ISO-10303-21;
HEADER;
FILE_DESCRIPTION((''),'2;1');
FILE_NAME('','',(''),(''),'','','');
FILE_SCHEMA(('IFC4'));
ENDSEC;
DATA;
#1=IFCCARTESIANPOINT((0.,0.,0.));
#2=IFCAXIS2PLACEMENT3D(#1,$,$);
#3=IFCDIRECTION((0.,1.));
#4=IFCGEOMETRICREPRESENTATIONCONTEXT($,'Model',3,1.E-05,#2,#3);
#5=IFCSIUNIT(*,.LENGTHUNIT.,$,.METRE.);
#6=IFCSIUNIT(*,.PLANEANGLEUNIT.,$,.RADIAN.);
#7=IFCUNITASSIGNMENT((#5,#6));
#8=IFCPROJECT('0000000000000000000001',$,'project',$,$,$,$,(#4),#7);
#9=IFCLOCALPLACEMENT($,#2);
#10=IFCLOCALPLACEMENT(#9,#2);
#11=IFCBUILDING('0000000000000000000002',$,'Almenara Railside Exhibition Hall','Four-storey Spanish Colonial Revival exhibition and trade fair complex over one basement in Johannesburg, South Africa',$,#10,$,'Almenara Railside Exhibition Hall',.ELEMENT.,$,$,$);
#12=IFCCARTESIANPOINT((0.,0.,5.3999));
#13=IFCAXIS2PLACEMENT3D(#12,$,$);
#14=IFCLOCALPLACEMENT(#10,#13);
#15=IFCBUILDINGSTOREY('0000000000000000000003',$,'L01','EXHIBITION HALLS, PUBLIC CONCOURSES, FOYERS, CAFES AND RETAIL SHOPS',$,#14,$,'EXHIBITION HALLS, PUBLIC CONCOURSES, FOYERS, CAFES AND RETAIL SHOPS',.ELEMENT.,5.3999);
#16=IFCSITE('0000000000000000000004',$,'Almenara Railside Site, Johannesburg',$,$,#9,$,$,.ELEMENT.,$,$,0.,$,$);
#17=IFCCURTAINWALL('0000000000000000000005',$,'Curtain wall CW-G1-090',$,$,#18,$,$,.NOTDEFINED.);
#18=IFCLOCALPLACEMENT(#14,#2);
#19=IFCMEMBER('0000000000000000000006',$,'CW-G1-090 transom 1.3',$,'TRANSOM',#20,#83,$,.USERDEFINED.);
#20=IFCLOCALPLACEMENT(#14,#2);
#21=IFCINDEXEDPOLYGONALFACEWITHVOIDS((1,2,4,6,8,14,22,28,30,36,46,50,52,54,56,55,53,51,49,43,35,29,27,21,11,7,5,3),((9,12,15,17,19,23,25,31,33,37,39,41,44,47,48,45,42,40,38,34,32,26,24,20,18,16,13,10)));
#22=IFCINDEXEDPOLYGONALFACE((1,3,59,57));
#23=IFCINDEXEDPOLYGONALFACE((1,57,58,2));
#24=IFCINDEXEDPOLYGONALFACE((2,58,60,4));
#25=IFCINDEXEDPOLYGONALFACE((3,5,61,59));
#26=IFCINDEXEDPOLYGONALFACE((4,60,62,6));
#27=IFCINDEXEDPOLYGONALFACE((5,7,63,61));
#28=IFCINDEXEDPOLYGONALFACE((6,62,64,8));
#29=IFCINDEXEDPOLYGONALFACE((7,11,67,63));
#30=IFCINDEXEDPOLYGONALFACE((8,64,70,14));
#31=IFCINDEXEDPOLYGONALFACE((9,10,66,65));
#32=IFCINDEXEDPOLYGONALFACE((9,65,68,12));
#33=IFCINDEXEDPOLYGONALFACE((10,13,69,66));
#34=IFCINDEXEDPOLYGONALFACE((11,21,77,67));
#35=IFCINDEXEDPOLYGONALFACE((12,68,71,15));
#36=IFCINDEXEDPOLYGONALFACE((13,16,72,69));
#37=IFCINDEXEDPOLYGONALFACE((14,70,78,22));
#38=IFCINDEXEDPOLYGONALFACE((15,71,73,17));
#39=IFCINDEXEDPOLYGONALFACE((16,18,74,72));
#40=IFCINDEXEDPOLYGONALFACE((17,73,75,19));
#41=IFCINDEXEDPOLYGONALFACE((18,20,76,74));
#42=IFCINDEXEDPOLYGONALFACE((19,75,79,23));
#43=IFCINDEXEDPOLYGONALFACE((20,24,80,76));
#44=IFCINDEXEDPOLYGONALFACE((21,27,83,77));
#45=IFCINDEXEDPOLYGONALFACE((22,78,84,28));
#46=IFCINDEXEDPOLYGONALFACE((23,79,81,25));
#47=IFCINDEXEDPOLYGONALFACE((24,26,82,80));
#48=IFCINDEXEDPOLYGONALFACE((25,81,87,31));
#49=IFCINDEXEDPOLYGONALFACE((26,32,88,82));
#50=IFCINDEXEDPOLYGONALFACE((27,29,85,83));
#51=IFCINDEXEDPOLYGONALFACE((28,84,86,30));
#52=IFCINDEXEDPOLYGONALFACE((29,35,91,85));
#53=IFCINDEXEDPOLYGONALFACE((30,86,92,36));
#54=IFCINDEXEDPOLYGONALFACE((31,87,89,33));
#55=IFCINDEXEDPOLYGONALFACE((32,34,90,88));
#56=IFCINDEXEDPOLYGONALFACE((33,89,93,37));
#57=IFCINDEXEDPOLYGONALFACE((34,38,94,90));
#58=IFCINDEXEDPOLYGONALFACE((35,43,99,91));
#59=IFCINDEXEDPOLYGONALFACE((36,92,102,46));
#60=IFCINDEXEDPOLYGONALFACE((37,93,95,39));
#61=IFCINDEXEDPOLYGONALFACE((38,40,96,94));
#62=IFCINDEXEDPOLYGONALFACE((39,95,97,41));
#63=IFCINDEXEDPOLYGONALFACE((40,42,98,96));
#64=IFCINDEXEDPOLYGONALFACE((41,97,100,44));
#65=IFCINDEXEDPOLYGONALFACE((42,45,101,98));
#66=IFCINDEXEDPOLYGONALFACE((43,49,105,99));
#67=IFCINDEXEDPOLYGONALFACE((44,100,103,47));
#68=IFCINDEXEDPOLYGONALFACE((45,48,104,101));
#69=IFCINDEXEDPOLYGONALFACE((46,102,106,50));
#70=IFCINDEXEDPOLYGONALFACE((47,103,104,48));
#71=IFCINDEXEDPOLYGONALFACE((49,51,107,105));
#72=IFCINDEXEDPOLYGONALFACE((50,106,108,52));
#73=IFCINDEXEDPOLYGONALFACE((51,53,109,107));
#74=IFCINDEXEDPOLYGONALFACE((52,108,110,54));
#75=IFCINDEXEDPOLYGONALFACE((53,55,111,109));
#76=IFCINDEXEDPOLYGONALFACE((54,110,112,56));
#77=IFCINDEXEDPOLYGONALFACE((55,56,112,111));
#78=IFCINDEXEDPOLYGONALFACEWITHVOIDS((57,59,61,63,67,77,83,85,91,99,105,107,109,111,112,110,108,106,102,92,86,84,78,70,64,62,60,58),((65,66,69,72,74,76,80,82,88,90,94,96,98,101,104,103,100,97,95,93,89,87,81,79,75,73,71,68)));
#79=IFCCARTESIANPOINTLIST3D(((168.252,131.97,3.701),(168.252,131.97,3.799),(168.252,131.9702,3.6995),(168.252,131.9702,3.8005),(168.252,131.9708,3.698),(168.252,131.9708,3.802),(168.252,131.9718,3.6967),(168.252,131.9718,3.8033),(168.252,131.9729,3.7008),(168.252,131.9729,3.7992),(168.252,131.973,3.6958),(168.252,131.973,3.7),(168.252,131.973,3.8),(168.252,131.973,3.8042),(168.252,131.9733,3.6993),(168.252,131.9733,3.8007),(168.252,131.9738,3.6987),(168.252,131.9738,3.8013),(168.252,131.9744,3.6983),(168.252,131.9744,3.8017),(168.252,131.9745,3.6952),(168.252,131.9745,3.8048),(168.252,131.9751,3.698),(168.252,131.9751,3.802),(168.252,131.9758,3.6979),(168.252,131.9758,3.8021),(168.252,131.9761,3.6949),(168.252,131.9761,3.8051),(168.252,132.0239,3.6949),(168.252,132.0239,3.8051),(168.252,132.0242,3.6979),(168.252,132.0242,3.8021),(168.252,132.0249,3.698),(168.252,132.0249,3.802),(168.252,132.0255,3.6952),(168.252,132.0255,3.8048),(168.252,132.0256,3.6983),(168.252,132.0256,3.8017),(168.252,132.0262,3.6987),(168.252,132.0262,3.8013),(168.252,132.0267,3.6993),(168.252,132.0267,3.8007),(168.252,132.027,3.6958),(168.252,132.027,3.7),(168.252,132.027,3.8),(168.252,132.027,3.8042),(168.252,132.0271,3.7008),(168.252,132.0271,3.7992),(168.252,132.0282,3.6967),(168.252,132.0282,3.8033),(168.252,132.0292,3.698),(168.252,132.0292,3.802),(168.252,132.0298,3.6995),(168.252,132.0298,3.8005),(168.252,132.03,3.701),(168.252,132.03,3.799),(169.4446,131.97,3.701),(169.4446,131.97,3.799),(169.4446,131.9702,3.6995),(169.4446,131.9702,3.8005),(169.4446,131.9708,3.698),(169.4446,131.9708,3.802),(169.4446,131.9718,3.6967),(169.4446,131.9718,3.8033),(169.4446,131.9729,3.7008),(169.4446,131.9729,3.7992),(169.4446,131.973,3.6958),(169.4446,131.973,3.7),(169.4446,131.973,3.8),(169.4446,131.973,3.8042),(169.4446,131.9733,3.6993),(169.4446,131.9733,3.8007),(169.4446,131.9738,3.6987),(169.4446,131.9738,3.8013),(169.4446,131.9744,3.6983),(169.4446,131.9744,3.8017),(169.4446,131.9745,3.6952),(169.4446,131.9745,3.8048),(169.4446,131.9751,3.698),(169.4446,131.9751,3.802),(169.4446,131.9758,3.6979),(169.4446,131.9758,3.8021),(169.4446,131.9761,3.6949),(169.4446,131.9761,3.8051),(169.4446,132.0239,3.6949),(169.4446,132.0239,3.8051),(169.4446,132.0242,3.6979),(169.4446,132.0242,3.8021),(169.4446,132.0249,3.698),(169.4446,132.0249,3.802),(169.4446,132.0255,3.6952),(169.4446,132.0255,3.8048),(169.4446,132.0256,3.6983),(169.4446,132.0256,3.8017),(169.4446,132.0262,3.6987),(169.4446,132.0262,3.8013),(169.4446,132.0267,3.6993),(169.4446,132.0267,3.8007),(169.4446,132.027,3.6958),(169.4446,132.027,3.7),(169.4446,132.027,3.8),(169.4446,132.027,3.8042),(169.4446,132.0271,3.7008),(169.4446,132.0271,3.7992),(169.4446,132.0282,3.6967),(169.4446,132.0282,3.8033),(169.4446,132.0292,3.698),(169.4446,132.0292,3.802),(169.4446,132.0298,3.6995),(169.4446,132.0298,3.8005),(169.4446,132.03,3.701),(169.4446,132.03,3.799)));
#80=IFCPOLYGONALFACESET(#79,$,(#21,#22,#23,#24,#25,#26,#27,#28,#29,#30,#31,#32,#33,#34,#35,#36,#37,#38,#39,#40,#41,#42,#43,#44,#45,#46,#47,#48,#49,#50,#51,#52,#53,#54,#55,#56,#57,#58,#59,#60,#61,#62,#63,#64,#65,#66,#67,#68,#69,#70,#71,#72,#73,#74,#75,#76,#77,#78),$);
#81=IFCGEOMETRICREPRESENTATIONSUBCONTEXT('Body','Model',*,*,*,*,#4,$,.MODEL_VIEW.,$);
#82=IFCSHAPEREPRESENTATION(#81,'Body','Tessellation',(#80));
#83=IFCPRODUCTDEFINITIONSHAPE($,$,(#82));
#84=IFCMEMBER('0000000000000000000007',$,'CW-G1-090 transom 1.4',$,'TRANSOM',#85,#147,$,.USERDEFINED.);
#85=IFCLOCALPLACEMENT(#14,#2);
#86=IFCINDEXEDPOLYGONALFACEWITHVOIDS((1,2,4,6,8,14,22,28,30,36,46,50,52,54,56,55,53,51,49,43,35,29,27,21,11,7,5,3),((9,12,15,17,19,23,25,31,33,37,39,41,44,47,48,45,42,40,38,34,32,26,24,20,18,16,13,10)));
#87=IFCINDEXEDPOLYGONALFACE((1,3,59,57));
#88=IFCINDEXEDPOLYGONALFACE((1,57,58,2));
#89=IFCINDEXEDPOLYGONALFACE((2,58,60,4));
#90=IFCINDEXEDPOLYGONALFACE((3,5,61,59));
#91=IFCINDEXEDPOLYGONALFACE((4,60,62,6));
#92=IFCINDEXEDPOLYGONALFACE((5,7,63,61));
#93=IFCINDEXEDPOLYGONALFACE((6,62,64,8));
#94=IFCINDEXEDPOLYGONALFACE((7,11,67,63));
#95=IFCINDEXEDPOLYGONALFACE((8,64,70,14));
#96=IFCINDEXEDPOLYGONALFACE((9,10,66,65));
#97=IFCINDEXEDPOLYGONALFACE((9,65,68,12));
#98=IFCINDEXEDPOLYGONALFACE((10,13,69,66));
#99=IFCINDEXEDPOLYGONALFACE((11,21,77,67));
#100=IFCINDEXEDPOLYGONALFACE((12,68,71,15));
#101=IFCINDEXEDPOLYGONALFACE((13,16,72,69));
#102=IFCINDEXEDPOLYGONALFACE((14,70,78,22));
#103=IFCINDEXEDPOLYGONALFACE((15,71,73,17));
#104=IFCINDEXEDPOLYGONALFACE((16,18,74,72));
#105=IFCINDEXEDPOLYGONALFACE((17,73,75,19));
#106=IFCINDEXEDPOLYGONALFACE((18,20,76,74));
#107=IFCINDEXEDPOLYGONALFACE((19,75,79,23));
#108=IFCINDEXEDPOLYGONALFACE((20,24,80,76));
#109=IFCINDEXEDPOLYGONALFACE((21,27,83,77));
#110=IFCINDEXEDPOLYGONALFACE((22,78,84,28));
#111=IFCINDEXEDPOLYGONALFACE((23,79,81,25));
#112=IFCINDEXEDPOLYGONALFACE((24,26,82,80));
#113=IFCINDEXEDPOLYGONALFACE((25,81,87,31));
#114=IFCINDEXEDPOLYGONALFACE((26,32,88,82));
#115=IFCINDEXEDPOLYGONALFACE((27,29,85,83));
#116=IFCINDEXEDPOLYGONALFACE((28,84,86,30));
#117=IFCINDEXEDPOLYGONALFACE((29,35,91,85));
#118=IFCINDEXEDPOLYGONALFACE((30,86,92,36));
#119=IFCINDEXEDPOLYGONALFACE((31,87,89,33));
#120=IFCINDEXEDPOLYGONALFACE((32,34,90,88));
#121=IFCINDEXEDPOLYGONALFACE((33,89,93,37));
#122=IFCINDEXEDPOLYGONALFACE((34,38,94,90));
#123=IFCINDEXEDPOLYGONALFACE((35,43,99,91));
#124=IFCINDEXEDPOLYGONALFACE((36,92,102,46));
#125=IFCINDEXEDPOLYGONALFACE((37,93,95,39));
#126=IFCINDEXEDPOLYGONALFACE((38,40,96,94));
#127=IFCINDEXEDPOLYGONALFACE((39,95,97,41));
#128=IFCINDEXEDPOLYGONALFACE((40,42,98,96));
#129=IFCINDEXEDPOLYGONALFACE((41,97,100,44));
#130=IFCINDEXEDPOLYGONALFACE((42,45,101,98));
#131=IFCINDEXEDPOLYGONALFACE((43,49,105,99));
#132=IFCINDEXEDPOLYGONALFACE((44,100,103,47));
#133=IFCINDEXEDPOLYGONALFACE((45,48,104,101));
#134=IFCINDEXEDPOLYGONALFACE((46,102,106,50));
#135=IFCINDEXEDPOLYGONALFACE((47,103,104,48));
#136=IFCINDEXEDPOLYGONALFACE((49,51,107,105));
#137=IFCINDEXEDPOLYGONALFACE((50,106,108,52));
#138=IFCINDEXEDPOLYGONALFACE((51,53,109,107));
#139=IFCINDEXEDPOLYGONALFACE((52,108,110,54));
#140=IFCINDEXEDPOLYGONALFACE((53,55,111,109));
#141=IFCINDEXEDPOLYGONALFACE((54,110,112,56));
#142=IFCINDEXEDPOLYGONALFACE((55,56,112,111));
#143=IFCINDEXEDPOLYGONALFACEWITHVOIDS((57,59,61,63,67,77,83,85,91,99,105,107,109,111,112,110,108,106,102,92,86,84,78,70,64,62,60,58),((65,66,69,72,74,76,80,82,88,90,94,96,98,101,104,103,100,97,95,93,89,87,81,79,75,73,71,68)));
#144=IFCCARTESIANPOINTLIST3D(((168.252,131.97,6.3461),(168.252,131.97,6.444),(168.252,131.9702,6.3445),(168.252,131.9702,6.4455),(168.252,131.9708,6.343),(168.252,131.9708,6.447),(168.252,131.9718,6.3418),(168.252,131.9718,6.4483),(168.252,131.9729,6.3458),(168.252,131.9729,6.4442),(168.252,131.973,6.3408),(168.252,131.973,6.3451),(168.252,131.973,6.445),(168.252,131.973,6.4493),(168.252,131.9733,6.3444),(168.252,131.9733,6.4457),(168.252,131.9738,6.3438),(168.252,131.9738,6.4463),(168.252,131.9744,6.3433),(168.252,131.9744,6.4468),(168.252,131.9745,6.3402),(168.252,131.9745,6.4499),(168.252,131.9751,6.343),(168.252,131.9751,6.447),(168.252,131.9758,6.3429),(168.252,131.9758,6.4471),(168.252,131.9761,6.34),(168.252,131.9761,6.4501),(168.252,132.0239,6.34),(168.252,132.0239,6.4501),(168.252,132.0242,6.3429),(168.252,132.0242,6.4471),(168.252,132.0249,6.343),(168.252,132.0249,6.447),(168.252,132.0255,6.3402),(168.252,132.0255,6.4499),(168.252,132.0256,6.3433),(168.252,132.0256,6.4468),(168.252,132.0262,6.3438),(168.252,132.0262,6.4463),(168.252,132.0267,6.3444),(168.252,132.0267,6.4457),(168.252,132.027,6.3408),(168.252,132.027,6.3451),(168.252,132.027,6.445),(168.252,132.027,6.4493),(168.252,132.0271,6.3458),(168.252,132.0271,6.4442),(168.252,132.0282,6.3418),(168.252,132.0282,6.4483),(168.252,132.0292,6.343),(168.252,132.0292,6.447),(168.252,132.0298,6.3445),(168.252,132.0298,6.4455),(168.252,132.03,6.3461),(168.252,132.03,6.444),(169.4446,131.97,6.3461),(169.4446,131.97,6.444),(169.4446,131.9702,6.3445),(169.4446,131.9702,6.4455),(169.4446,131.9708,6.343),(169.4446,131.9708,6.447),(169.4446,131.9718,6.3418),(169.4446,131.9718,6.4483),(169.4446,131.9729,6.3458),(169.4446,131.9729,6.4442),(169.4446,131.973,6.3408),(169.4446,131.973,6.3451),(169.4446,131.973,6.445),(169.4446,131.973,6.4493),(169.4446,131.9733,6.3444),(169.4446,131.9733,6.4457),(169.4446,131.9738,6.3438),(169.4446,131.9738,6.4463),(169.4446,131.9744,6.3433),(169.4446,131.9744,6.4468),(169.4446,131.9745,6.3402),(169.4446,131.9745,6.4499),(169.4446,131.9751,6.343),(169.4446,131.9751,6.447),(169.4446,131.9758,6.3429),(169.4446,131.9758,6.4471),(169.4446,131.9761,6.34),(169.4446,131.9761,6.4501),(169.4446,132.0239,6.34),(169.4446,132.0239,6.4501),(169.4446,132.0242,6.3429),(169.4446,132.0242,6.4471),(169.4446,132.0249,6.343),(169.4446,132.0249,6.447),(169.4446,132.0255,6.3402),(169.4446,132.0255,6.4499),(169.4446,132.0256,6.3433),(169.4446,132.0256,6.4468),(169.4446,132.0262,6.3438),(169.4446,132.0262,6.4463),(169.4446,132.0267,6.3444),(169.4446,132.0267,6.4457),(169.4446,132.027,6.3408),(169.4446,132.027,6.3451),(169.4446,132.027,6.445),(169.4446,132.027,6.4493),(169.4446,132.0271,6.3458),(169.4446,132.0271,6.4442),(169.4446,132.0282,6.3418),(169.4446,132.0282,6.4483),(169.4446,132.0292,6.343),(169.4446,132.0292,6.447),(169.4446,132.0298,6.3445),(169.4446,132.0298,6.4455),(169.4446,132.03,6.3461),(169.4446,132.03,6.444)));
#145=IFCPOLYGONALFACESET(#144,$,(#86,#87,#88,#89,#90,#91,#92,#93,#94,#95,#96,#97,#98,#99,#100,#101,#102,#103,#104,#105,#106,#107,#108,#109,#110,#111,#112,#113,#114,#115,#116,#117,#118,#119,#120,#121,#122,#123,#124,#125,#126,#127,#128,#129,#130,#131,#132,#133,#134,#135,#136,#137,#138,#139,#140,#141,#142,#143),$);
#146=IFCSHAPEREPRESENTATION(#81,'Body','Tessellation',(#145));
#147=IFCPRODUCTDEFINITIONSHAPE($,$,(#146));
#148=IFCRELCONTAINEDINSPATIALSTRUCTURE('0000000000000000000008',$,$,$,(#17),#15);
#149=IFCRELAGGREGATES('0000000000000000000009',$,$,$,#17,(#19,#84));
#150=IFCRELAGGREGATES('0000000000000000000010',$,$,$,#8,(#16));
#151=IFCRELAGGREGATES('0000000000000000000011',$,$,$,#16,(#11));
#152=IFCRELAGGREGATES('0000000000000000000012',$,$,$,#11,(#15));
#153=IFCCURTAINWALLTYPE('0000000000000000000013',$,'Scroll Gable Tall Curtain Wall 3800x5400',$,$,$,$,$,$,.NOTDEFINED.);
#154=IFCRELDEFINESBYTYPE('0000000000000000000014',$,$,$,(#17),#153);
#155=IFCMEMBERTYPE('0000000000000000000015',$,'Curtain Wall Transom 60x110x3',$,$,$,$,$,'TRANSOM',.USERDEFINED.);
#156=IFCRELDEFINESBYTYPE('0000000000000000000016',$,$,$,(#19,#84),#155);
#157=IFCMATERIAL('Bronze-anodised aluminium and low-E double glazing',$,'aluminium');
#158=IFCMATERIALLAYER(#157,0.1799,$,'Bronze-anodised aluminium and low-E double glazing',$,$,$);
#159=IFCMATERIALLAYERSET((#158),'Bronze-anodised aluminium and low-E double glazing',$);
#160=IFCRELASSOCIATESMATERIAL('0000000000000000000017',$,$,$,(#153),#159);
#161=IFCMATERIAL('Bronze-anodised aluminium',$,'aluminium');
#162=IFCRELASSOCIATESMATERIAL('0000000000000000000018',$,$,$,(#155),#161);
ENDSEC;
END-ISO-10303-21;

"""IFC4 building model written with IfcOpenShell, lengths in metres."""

from ifc_helpers import new_model, si_unit, direction, frame, origin, origin_2d, place, context, subcontext, project, spatial, hollow_rectangle, extrude, material, layer, layer_set, material_profile, profile_set, type_object, element, aggregate, save


model = new_model("IFC4")

# Units and contexts
model_context = context("Model", 3, precision=1e-05, world=origin(), true_north=direction((0.0, 1.0)))
body_context = subcontext(model_context, "Body", "Model", "MODEL_VIEW")
ifc_project = project(units=[si_unit("LENGTHUNIT", "METRE"), si_unit("PLANEANGLEUNIT", "RADIAN")], contexts=[model_context])

# Site, building, storey
site_placement = place(None, origin())
site = spatial("IfcSite", under=ifc_project, at=site_placement, Name="Almenara Railside Site, Johannesburg", CompositionType="ELEMENT", RefElevation=0.0)
building_placement = place(site_placement, origin())
building = spatial("IfcBuilding", under=site, at=building_placement, Name="Almenara Railside Exhibition Hall", Description="Four-storey Spanish Colonial Revival exhibition and trade fair complex over one basement in Johannesburg, South Africa", LongName="Almenara Railside Exhibition Hall", CompositionType="ELEMENT")
storey_placement = place(building_placement, frame((0.0, 0.0, 5.3999)))
storey = spatial("IfcBuildingStorey", under=building, at=storey_placement, Name="L01", Description="EXHIBITION HALLS, PUBLIC CONCOURSES, FOYERS, CAFES AND RETAIL SHOPS", LongName="EXHIBITION HALLS, PUBLIC CONCOURSES, FOYERS, CAFES AND RETAIL SHOPS", CompositionType="ELEMENT", Elevation=5.3999)

# Curtain wall
ifc_material_1 = material(Name="Bronze-anodised aluminium and low-E double glazing", Category="aluminium")
ifc_layer_1 = layer(ifc_material_1, 0.1799, Name="Bronze-anodised aluminium and low-E double glazing")
ifc_layer_set_1 = layer_set([ifc_layer_1], Name="Bronze-anodised aluminium and low-E double glazing")
curtain_wall_type = type_object("IfcCurtainWallType", Name="Scroll Gable Tall Curtain Wall 3800x5400", PredefinedType="NOTDEFINED", material=ifc_layer_set_1)
curtain_wall_1_placement = place(storey_placement, origin())
curtain_wall_1 = element("IfcCurtainWall", 1, at=curtain_wall_1_placement, inside=storey, type_object=curtain_wall_type, Name="Curtain wall CW-G1-090", PredefinedType="NOTDEFINED")
ifc_material_2 = material(Name="Bronze-anodised aluminium", Category="aluminium")

# Members
ifc_material_profile_1 = material_profile(ifc_material_2, hollow_rectangle(XDim=0.0601, YDim=0.1101, WallThickness=0.0029, InnerFilletRadius=0.0029, OuterFilletRadius=0.0061, at=origin_2d()), Name="ALU-TRN 60x110x3")
ifc_profile_set_1 = profile_set([ifc_material_profile_1], Name="Bronze-anodised aluminium")
member_type_1 = type_object("IfcMemberType", Name="Curtain Wall Transom 60x110x3", ElementType="TRANSOM", PredefinedType="USERDEFINED", material=ifc_profile_set_1)
member_1_placement = place(storey_placement, frame((168.252, 132.0, 3.75), z_axis=(1.0, 0.0, 0.0), x_axis=(0.0, 1.0, 0.0)))
member_1 = element("IfcMember", 2, at=member_1_placement, type_object=member_type_1, Name="CW-G1-090 transom 1.3", ObjectType="TRANSOM", PredefinedType="USERDEFINED", context=body_context, shape_type="SweptSolid", body=[
    extrude(hollow_rectangle(XDim=0.0601, YDim=0.1101, WallThickness=0.0029, InnerFilletRadius=0.0029, OuterFilletRadius=0.0061, at=origin_2d()), origin(), (0.0, 0.0, 1.0), 1.1926),
])
member_2_placement = place(storey_placement, frame((168.252, 132.0, 6.395), z_axis=(1.0, 0.0, 0.0), x_axis=(0.0, 1.0, 0.0)))
member_2 = element("IfcMember", 3, at=member_2_placement, type_object=member_type_1, Name="CW-G1-090 transom 1.4", ObjectType="TRANSOM", PredefinedType="USERDEFINED", context=body_context, shape_type="SweptSolid", body=[
    extrude(hollow_rectangle(XDim=0.0601, YDim=0.1101, WallThickness=0.0029, InnerFilletRadius=0.0029, OuterFilletRadius=0.0061, at=origin_2d()), origin(), (0.0, 0.0, 1.0), 1.1926),
])
aggregate(curtain_wall_1, [member_1, member_2])

save(model, "model.ifc")
